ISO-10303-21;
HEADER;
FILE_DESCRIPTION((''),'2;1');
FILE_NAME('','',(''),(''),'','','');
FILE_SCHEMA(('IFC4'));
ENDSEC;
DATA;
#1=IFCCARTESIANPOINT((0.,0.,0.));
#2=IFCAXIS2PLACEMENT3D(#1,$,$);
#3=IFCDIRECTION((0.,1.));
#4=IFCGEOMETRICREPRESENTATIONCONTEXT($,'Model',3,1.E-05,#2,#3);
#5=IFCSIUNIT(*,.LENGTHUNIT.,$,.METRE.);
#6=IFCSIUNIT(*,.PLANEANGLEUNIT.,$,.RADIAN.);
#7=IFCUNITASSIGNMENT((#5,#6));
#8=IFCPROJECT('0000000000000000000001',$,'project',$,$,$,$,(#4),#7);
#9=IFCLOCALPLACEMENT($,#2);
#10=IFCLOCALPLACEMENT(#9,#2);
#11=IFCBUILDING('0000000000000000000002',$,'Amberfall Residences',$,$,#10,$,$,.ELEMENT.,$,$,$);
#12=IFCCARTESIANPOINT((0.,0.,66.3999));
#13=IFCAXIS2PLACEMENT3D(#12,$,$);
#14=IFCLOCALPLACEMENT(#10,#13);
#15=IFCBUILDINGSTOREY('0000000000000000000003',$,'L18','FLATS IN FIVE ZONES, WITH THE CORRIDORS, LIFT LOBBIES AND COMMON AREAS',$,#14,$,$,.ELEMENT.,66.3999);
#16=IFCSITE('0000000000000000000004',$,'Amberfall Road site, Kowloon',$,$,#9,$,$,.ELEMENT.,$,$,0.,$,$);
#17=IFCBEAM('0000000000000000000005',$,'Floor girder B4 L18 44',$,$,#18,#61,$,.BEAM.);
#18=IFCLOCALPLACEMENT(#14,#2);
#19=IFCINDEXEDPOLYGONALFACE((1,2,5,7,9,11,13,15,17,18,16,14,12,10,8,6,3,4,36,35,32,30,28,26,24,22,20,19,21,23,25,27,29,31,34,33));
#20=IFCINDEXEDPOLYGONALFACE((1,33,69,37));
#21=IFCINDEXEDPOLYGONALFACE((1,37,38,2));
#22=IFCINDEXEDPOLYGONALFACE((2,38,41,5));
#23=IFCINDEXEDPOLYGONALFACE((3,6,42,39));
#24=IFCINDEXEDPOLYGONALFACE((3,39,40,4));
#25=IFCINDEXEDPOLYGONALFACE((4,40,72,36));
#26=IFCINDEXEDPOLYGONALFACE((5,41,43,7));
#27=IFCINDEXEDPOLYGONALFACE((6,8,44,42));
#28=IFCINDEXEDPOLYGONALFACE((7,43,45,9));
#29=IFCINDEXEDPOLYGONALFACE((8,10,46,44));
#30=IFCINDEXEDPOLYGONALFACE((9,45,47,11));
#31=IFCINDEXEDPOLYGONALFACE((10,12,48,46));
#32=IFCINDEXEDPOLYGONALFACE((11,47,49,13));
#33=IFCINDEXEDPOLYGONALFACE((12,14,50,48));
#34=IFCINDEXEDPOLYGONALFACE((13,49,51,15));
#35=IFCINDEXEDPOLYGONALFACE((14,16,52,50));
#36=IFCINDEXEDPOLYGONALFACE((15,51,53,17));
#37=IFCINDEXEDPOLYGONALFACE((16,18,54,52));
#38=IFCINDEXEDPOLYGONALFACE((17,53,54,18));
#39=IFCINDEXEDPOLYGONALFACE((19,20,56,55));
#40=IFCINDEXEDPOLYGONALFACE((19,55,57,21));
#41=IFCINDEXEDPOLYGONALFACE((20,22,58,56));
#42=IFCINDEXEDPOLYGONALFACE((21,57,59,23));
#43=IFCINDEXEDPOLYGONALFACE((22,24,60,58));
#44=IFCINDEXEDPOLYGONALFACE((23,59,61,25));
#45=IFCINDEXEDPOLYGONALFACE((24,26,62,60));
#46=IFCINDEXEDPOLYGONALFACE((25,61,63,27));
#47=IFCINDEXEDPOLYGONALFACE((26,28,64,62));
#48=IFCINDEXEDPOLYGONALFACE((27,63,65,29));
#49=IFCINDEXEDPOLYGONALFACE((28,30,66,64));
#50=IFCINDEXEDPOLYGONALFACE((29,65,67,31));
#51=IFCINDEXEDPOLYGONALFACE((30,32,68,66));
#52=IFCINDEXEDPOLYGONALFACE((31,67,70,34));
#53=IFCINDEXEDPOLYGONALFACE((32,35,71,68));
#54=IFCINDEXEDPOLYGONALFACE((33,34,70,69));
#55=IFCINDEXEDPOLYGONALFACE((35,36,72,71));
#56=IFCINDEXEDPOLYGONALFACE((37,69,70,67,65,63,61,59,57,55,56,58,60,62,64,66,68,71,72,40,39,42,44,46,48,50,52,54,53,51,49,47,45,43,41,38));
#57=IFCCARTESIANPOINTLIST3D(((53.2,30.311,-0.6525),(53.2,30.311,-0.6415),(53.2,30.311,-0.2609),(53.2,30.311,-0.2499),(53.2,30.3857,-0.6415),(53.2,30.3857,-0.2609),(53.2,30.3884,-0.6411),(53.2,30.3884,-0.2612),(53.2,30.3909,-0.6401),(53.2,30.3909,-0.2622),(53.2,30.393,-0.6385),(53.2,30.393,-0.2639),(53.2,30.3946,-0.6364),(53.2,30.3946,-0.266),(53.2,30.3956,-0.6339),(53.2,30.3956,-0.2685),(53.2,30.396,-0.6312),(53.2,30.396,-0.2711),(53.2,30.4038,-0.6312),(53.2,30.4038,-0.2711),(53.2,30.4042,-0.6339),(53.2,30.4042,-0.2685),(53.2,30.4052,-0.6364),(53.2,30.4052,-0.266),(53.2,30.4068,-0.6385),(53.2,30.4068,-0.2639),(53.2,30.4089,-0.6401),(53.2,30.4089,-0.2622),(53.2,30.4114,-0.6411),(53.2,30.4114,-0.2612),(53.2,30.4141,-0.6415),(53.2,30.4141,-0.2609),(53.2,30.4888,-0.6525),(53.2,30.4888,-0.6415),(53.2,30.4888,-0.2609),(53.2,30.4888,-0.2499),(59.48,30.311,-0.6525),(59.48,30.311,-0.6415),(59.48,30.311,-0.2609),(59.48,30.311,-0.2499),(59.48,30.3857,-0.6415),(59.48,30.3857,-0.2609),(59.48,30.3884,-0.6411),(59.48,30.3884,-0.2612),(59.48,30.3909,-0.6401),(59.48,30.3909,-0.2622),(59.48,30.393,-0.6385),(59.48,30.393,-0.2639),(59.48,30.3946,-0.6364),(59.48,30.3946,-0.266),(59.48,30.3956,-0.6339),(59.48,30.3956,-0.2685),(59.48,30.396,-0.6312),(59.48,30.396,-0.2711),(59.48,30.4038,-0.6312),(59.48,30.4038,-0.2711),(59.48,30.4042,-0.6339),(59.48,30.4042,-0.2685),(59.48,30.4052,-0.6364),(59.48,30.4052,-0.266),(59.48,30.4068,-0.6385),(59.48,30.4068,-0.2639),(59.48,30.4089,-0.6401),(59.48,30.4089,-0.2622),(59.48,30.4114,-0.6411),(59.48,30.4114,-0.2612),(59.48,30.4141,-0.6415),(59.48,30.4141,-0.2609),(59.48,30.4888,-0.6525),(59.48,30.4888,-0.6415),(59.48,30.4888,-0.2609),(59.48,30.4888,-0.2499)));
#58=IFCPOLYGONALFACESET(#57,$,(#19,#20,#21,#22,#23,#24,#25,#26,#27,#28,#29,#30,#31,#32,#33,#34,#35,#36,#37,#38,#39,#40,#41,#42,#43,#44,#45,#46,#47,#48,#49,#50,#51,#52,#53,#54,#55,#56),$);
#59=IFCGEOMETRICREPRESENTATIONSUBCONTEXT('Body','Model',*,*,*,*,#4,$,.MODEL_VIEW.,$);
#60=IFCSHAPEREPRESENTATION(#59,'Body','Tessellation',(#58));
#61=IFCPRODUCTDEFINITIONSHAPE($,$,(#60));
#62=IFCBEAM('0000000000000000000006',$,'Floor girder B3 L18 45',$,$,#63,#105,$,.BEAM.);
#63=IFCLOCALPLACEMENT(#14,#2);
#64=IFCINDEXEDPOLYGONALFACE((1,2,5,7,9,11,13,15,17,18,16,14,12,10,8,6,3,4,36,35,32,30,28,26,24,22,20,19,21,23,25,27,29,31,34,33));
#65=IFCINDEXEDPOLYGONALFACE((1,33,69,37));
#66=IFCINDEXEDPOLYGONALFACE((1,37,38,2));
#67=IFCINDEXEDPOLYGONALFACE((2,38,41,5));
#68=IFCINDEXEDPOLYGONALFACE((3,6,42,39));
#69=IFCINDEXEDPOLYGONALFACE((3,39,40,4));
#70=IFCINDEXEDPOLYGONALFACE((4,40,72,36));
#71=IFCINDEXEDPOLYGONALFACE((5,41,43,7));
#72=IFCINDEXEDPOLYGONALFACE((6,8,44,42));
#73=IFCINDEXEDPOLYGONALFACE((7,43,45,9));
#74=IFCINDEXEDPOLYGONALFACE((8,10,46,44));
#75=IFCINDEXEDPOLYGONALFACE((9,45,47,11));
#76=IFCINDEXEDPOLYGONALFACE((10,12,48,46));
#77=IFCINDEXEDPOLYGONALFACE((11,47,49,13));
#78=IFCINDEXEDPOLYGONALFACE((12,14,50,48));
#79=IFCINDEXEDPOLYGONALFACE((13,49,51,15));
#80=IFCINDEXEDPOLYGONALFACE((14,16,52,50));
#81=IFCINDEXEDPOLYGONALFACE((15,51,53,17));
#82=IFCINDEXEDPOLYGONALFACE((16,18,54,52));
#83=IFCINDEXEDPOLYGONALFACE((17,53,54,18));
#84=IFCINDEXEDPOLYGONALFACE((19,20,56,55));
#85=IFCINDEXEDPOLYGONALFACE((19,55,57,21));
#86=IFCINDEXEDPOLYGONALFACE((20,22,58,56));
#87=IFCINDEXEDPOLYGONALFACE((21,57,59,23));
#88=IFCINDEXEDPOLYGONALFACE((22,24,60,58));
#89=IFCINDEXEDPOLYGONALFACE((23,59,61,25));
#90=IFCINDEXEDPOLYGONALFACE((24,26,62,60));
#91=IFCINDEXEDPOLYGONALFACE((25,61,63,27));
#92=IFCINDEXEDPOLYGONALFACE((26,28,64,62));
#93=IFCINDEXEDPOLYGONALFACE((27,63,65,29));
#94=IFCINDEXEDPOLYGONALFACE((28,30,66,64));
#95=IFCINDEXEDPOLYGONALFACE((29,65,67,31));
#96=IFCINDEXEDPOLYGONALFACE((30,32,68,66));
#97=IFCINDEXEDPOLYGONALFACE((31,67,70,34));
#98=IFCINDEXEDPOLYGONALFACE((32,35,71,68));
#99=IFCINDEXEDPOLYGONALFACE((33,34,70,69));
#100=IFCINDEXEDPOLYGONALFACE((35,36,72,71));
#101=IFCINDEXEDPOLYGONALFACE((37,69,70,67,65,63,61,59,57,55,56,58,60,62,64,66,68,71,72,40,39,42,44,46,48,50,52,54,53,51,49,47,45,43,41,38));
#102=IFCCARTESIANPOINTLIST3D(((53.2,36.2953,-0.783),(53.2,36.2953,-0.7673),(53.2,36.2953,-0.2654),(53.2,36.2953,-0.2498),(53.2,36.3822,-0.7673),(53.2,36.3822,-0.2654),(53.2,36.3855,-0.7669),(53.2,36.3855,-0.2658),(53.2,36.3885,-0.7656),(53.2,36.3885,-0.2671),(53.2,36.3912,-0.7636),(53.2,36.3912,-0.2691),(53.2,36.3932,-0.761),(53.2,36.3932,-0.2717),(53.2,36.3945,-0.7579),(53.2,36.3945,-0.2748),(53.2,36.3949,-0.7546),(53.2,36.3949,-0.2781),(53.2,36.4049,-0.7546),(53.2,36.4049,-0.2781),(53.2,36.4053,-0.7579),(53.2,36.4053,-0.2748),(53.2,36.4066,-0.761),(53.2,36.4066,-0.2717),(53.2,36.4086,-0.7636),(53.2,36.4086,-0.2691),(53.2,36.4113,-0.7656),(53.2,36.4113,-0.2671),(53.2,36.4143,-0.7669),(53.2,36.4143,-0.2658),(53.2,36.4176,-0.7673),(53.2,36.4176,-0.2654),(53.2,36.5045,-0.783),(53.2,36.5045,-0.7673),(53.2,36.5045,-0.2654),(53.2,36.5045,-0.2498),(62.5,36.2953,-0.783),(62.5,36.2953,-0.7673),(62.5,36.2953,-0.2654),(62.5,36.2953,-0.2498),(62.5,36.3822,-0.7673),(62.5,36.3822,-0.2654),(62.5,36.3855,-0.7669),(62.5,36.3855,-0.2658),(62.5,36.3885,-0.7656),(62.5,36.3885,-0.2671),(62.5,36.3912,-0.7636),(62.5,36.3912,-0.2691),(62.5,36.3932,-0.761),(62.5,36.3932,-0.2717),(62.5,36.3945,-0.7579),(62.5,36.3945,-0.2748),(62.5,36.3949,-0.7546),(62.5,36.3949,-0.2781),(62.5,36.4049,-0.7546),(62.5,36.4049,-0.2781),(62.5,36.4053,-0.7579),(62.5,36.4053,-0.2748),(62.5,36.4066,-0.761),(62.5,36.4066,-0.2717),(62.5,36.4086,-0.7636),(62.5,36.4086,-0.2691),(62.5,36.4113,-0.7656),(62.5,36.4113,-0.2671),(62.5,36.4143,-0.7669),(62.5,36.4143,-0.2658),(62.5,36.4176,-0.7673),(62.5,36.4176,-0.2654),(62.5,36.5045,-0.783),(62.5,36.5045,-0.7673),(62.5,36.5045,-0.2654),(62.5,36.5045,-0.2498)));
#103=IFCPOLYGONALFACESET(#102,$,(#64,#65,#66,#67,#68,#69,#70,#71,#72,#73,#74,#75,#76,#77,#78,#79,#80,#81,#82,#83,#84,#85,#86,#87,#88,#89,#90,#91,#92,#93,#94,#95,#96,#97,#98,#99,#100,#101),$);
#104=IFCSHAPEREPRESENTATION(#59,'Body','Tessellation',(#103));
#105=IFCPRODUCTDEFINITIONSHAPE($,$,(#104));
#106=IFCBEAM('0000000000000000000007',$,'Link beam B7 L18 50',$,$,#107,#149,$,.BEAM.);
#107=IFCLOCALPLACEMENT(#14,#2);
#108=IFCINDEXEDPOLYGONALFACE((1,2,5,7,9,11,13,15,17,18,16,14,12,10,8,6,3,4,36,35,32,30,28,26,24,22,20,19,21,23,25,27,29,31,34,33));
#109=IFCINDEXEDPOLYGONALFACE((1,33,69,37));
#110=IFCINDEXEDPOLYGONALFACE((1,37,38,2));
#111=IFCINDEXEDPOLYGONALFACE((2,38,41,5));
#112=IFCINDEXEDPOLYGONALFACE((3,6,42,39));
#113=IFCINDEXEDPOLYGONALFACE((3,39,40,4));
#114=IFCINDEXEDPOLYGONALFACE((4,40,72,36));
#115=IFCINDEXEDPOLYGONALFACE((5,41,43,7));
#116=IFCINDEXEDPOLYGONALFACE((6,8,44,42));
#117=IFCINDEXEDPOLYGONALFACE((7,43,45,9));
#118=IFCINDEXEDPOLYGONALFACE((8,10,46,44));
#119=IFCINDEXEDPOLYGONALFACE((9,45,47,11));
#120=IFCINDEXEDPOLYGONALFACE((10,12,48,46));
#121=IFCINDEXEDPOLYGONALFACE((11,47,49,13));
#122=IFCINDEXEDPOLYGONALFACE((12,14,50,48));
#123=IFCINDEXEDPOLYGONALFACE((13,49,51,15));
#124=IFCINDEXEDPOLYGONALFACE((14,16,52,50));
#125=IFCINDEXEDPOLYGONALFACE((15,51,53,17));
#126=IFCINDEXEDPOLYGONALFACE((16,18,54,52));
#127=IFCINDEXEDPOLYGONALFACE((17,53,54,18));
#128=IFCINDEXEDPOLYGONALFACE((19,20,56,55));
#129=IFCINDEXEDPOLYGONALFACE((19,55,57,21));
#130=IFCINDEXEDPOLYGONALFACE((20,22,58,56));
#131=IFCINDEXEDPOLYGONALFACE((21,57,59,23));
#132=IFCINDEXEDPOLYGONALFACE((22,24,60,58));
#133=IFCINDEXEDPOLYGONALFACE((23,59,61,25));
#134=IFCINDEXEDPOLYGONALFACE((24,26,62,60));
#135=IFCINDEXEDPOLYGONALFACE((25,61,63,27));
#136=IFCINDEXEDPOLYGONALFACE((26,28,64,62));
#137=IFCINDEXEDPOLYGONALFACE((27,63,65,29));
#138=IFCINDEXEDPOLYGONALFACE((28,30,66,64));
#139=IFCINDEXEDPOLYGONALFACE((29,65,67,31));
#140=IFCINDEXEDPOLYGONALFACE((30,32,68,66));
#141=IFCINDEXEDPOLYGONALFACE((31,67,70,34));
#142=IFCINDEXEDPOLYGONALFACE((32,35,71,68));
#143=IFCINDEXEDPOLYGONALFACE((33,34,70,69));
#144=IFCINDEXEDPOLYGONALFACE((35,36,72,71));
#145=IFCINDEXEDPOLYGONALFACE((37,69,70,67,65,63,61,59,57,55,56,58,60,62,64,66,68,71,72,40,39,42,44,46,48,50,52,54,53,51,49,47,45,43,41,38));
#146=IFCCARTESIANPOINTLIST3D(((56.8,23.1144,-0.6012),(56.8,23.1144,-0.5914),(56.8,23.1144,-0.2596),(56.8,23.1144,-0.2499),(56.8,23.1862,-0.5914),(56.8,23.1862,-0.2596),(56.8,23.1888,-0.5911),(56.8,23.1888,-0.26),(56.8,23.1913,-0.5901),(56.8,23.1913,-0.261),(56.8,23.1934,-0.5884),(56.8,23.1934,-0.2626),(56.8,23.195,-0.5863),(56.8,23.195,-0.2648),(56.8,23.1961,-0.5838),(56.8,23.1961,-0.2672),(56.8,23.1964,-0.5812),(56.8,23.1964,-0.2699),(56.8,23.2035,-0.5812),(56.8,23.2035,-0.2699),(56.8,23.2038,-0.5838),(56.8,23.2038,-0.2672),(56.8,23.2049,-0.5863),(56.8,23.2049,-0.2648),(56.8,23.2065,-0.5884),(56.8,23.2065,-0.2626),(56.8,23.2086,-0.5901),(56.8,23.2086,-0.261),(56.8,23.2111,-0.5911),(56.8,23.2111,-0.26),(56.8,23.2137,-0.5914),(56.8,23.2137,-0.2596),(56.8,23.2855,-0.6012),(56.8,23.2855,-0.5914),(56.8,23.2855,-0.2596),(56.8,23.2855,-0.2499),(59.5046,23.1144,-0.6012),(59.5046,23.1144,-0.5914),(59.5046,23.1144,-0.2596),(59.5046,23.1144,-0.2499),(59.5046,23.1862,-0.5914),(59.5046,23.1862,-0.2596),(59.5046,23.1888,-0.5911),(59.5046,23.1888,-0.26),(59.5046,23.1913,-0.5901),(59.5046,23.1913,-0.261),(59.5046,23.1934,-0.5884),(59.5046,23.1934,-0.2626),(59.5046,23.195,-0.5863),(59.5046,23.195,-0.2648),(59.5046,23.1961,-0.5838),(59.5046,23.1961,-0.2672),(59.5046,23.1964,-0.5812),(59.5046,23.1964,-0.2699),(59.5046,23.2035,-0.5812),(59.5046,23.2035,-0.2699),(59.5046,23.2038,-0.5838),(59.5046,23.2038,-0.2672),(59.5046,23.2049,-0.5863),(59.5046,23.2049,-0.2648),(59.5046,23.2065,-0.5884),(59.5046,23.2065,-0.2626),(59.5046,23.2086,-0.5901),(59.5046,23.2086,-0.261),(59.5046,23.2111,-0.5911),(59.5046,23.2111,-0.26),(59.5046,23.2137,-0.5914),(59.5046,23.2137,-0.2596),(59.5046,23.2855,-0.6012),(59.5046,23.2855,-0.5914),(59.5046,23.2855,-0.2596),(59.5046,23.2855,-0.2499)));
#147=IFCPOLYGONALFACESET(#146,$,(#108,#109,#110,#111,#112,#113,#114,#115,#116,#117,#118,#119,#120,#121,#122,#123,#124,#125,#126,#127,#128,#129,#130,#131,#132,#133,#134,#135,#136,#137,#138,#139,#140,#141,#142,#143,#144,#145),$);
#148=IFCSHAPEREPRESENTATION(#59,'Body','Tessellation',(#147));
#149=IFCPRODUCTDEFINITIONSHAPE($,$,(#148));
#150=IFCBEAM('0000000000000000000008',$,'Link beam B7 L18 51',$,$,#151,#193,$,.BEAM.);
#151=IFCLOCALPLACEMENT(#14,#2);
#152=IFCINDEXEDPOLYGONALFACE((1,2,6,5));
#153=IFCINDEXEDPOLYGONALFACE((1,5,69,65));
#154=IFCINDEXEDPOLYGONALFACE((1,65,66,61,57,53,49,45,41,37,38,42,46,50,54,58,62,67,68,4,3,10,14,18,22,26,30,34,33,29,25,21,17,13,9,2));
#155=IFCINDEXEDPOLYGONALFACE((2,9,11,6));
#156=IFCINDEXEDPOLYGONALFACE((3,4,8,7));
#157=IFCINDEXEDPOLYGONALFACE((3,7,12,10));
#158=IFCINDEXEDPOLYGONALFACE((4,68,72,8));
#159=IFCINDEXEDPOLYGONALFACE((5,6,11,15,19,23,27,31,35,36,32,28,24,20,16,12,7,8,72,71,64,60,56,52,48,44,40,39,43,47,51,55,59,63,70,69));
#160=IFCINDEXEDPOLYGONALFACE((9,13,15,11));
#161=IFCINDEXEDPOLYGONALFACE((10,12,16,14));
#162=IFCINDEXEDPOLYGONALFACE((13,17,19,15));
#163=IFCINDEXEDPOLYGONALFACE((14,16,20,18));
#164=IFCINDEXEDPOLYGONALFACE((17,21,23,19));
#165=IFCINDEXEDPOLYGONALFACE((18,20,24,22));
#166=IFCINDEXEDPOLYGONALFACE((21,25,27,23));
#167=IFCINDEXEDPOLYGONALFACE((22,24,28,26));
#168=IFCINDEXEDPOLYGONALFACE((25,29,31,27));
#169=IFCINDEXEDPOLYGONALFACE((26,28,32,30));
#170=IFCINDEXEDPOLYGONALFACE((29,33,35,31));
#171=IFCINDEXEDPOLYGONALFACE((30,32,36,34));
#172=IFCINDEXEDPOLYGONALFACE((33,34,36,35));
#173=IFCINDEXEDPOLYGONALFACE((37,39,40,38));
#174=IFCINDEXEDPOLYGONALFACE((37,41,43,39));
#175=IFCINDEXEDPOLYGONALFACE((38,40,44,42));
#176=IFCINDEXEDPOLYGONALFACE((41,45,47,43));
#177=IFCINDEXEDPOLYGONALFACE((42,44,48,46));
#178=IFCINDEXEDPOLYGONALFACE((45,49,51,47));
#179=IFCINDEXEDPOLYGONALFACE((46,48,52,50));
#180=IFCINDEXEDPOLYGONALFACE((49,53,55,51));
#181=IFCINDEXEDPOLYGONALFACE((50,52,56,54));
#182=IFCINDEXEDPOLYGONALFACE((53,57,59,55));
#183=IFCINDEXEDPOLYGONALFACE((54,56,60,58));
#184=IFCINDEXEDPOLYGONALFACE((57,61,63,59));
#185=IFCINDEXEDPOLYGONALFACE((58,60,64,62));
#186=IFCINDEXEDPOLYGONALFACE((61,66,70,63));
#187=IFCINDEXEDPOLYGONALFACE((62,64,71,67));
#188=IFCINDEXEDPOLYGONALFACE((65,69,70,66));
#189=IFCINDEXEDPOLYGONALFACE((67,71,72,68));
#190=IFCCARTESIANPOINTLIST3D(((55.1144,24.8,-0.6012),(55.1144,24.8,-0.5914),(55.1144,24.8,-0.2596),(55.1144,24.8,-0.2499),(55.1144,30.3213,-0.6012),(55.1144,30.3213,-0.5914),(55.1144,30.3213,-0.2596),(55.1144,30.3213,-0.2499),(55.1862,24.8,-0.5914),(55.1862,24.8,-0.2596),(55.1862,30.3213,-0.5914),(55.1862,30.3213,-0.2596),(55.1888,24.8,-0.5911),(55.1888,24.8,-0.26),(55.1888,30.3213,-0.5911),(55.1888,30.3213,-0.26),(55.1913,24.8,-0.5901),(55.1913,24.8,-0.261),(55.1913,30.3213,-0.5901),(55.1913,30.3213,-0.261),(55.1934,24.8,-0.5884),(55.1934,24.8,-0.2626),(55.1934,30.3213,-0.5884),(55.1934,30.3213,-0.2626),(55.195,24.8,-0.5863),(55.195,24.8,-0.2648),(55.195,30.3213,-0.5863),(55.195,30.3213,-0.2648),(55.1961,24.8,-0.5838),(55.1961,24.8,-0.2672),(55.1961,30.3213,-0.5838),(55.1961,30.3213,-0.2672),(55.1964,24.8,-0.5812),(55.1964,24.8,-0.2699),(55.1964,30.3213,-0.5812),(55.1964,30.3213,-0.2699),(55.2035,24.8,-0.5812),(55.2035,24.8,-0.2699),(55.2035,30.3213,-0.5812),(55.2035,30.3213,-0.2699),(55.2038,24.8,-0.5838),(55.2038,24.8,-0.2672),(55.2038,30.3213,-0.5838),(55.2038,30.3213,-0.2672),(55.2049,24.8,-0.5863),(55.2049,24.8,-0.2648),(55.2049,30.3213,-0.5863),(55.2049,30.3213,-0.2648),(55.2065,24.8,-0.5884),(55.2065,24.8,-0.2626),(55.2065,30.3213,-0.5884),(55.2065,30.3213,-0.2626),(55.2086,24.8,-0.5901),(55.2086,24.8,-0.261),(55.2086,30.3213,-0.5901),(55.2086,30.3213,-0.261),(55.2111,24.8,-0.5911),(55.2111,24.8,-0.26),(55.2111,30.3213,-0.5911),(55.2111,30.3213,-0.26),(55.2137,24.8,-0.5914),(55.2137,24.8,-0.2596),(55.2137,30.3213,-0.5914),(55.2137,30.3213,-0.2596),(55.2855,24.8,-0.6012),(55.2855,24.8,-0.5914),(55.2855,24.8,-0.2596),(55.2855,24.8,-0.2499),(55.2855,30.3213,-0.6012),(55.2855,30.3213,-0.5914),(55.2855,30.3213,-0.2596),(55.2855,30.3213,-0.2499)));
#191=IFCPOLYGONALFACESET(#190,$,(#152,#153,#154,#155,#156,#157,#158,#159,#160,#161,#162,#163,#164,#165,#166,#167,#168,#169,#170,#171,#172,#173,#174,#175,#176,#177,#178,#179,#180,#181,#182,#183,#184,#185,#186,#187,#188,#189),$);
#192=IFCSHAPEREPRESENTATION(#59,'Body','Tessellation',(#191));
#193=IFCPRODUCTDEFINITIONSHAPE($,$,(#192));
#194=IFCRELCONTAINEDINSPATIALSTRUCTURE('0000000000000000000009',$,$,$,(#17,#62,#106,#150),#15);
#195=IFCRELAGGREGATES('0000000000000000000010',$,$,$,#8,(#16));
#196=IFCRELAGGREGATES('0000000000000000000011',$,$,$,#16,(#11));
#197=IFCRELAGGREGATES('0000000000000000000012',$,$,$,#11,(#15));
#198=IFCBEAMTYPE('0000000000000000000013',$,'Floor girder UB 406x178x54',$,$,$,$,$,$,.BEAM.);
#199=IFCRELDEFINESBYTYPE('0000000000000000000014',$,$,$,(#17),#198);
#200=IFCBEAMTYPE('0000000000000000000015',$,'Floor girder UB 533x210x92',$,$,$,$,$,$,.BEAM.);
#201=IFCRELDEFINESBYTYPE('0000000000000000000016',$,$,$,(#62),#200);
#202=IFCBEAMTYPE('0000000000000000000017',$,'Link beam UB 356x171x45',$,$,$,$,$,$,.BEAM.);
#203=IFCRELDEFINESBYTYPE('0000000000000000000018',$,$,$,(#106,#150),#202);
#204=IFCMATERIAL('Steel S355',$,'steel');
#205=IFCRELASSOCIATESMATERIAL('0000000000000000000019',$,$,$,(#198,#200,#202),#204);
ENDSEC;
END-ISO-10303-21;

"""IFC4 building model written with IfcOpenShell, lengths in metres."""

from ifc_helpers import new_model, si_unit, direction, frame, origin, origin_2d, place, context, subcontext, project, spatial, i_section, extrude, material, material_profile, profile_set, type_object, element, save


model = new_model("IFC4")

# Units and contexts
model_context = context("Model", 3, precision=1e-05, world=origin(), true_north=direction((0.0, 1.0)))
body_context = subcontext(model_context, "Body", "Model", "MODEL_VIEW")
ifc_project = project(units=[si_unit("LENGTHUNIT", "METRE"), si_unit("PLANEANGLEUNIT", "RADIAN")], contexts=[model_context])

# Site, building, storey
site_placement = place(None, origin())
site = spatial("IfcSite", under=ifc_project, at=site_placement, Name="Amberfall Road site, Kowloon", CompositionType="ELEMENT", RefElevation=0.0)
building_placement = place(site_placement, origin())
building = spatial("IfcBuilding", under=site, at=building_placement, Name="Amberfall Residences", CompositionType="ELEMENT")
storey_placement = place(building_placement, frame((0.0, 0.0, 66.3999)))
storey = spatial("IfcBuildingStorey", under=building, at=storey_placement, Name="L18", Description="FLATS IN FIVE ZONES, WITH THE CORRIDORS, LIFT LOBBIES AND COMMON AREAS", CompositionType="ELEMENT", Elevation=66.3999)

# Beams
ifc_material_1 = material(Name="Steel S355", Category="steel")
ifc_material_profile_1 = material_profile(ifc_material_1, i_section(OverallWidth=0.1777, OverallDepth=0.4026, WebThickness=0.0078, FlangeThickness=0.011, FilletRadius=0.0103, at=origin_2d()), Name="UB 406x178x54")
ifc_profile_set_1 = profile_set([ifc_material_profile_1], Name="Steel S355")
beam_type_1 = type_object("IfcBeamType", Name="Floor girder UB 406x178x54", PredefinedType="BEAM", material=ifc_profile_set_1)
beam_1_placement = place(storey_placement, frame((53.2, 30.3999, -0.4512), z_axis=(1.0, 0.0, 0.0), x_axis=(0.0, 1.0, 0.0)))
element("IfcBeam", 1, at=beam_1_placement, inside=storey, type_object=beam_type_1, Name="Floor girder B4 L18 44", PredefinedType="BEAM", context=body_context, shape_type="SweptSolid", body=[
    extrude(i_section(OverallWidth=0.1777, OverallDepth=0.4026, WebThickness=0.0078, FlangeThickness=0.011, FilletRadius=0.0103, at=origin_2d()), origin(), (0.0, 0.0, 1.0), 6.28),
])
ifc_material_profile_2 = material_profile(ifc_material_1, i_section(OverallWidth=0.2092, OverallDepth=0.5332, WebThickness=0.01, FlangeThickness=0.0156, FilletRadius=0.0127, at=origin_2d()), Name="UB 533x210x92")
ifc_profile_set_2 = profile_set([ifc_material_profile_2], Name="Steel S355")
beam_type_2 = type_object("IfcBeamType", Name="Floor girder UB 533x210x92", PredefinedType="BEAM", material=ifc_profile_set_2)
beam_2_placement = place(storey_placement, frame((53.2, 36.3999, -0.5164), z_axis=(1.0, 0.0, 0.0), x_axis=(0.0, 1.0, 0.0)))
element("IfcBeam", 2, at=beam_2_placement, inside=storey, type_object=beam_type_2, Name="Floor girder B3 L18 45", PredefinedType="BEAM", context=body_context, shape_type="SweptSolid", body=[
    extrude(i_section(OverallWidth=0.2092, OverallDepth=0.5332, WebThickness=0.01, FlangeThickness=0.0156, FilletRadius=0.0127, at=origin_2d()), origin(), (0.0, 0.0, 1.0), 9.3),
])
ifc_material_profile_3 = material_profile(ifc_material_1, i_section(OverallWidth=0.1711, OverallDepth=0.3513, WebThickness=0.0071, FlangeThickness=0.0098, FilletRadius=0.0103, at=origin_2d()), Name="UB 356x171x45")
ifc_profile_set_3 = profile_set([ifc_material_profile_3], Name="Steel S355")
beam_type_3 = type_object("IfcBeamType", Name="Link beam UB 356x171x45", PredefinedType="BEAM", material=ifc_profile_set_3)
beam_3_placement = place(storey_placement, frame((56.8, 23.2, -0.4255), z_axis=(1.0, 0.0, 0.0), x_axis=(0.0, 1.0, 0.0)))
element("IfcBeam", 3, at=beam_3_placement, inside=storey, type_object=beam_type_3, Name="Link beam B7 L18 50", PredefinedType="BEAM", context=body_context, shape_type="SweptSolid", body=[
    extrude(i_section(OverallWidth=0.1711, OverallDepth=0.3513, WebThickness=0.0071, FlangeThickness=0.0098, FilletRadius=0.0103, at=origin_2d()), origin(), (0.0, 0.0, 1.0), 2.7046),
])
beam_4_placement = place(storey_placement, frame((55.2, 24.8, -0.4255), z_axis=(0.0, 1.0, 0.0), x_axis=(-1.0, 0.0, 0.0)))
element("IfcBeam", 4, at=beam_4_placement, inside=storey, type_object=beam_type_3, Name="Link beam B7 L18 51", PredefinedType="BEAM", context=body_context, shape_type="SweptSolid", body=[
    extrude(i_section(OverallWidth=0.1711, OverallDepth=0.3513, WebThickness=0.0071, FlangeThickness=0.0098, FilletRadius=0.0103, at=origin_2d()), origin(), (0.0, 0.0, 1.0), 5.5212),
])

save(model, "model.ifc")
